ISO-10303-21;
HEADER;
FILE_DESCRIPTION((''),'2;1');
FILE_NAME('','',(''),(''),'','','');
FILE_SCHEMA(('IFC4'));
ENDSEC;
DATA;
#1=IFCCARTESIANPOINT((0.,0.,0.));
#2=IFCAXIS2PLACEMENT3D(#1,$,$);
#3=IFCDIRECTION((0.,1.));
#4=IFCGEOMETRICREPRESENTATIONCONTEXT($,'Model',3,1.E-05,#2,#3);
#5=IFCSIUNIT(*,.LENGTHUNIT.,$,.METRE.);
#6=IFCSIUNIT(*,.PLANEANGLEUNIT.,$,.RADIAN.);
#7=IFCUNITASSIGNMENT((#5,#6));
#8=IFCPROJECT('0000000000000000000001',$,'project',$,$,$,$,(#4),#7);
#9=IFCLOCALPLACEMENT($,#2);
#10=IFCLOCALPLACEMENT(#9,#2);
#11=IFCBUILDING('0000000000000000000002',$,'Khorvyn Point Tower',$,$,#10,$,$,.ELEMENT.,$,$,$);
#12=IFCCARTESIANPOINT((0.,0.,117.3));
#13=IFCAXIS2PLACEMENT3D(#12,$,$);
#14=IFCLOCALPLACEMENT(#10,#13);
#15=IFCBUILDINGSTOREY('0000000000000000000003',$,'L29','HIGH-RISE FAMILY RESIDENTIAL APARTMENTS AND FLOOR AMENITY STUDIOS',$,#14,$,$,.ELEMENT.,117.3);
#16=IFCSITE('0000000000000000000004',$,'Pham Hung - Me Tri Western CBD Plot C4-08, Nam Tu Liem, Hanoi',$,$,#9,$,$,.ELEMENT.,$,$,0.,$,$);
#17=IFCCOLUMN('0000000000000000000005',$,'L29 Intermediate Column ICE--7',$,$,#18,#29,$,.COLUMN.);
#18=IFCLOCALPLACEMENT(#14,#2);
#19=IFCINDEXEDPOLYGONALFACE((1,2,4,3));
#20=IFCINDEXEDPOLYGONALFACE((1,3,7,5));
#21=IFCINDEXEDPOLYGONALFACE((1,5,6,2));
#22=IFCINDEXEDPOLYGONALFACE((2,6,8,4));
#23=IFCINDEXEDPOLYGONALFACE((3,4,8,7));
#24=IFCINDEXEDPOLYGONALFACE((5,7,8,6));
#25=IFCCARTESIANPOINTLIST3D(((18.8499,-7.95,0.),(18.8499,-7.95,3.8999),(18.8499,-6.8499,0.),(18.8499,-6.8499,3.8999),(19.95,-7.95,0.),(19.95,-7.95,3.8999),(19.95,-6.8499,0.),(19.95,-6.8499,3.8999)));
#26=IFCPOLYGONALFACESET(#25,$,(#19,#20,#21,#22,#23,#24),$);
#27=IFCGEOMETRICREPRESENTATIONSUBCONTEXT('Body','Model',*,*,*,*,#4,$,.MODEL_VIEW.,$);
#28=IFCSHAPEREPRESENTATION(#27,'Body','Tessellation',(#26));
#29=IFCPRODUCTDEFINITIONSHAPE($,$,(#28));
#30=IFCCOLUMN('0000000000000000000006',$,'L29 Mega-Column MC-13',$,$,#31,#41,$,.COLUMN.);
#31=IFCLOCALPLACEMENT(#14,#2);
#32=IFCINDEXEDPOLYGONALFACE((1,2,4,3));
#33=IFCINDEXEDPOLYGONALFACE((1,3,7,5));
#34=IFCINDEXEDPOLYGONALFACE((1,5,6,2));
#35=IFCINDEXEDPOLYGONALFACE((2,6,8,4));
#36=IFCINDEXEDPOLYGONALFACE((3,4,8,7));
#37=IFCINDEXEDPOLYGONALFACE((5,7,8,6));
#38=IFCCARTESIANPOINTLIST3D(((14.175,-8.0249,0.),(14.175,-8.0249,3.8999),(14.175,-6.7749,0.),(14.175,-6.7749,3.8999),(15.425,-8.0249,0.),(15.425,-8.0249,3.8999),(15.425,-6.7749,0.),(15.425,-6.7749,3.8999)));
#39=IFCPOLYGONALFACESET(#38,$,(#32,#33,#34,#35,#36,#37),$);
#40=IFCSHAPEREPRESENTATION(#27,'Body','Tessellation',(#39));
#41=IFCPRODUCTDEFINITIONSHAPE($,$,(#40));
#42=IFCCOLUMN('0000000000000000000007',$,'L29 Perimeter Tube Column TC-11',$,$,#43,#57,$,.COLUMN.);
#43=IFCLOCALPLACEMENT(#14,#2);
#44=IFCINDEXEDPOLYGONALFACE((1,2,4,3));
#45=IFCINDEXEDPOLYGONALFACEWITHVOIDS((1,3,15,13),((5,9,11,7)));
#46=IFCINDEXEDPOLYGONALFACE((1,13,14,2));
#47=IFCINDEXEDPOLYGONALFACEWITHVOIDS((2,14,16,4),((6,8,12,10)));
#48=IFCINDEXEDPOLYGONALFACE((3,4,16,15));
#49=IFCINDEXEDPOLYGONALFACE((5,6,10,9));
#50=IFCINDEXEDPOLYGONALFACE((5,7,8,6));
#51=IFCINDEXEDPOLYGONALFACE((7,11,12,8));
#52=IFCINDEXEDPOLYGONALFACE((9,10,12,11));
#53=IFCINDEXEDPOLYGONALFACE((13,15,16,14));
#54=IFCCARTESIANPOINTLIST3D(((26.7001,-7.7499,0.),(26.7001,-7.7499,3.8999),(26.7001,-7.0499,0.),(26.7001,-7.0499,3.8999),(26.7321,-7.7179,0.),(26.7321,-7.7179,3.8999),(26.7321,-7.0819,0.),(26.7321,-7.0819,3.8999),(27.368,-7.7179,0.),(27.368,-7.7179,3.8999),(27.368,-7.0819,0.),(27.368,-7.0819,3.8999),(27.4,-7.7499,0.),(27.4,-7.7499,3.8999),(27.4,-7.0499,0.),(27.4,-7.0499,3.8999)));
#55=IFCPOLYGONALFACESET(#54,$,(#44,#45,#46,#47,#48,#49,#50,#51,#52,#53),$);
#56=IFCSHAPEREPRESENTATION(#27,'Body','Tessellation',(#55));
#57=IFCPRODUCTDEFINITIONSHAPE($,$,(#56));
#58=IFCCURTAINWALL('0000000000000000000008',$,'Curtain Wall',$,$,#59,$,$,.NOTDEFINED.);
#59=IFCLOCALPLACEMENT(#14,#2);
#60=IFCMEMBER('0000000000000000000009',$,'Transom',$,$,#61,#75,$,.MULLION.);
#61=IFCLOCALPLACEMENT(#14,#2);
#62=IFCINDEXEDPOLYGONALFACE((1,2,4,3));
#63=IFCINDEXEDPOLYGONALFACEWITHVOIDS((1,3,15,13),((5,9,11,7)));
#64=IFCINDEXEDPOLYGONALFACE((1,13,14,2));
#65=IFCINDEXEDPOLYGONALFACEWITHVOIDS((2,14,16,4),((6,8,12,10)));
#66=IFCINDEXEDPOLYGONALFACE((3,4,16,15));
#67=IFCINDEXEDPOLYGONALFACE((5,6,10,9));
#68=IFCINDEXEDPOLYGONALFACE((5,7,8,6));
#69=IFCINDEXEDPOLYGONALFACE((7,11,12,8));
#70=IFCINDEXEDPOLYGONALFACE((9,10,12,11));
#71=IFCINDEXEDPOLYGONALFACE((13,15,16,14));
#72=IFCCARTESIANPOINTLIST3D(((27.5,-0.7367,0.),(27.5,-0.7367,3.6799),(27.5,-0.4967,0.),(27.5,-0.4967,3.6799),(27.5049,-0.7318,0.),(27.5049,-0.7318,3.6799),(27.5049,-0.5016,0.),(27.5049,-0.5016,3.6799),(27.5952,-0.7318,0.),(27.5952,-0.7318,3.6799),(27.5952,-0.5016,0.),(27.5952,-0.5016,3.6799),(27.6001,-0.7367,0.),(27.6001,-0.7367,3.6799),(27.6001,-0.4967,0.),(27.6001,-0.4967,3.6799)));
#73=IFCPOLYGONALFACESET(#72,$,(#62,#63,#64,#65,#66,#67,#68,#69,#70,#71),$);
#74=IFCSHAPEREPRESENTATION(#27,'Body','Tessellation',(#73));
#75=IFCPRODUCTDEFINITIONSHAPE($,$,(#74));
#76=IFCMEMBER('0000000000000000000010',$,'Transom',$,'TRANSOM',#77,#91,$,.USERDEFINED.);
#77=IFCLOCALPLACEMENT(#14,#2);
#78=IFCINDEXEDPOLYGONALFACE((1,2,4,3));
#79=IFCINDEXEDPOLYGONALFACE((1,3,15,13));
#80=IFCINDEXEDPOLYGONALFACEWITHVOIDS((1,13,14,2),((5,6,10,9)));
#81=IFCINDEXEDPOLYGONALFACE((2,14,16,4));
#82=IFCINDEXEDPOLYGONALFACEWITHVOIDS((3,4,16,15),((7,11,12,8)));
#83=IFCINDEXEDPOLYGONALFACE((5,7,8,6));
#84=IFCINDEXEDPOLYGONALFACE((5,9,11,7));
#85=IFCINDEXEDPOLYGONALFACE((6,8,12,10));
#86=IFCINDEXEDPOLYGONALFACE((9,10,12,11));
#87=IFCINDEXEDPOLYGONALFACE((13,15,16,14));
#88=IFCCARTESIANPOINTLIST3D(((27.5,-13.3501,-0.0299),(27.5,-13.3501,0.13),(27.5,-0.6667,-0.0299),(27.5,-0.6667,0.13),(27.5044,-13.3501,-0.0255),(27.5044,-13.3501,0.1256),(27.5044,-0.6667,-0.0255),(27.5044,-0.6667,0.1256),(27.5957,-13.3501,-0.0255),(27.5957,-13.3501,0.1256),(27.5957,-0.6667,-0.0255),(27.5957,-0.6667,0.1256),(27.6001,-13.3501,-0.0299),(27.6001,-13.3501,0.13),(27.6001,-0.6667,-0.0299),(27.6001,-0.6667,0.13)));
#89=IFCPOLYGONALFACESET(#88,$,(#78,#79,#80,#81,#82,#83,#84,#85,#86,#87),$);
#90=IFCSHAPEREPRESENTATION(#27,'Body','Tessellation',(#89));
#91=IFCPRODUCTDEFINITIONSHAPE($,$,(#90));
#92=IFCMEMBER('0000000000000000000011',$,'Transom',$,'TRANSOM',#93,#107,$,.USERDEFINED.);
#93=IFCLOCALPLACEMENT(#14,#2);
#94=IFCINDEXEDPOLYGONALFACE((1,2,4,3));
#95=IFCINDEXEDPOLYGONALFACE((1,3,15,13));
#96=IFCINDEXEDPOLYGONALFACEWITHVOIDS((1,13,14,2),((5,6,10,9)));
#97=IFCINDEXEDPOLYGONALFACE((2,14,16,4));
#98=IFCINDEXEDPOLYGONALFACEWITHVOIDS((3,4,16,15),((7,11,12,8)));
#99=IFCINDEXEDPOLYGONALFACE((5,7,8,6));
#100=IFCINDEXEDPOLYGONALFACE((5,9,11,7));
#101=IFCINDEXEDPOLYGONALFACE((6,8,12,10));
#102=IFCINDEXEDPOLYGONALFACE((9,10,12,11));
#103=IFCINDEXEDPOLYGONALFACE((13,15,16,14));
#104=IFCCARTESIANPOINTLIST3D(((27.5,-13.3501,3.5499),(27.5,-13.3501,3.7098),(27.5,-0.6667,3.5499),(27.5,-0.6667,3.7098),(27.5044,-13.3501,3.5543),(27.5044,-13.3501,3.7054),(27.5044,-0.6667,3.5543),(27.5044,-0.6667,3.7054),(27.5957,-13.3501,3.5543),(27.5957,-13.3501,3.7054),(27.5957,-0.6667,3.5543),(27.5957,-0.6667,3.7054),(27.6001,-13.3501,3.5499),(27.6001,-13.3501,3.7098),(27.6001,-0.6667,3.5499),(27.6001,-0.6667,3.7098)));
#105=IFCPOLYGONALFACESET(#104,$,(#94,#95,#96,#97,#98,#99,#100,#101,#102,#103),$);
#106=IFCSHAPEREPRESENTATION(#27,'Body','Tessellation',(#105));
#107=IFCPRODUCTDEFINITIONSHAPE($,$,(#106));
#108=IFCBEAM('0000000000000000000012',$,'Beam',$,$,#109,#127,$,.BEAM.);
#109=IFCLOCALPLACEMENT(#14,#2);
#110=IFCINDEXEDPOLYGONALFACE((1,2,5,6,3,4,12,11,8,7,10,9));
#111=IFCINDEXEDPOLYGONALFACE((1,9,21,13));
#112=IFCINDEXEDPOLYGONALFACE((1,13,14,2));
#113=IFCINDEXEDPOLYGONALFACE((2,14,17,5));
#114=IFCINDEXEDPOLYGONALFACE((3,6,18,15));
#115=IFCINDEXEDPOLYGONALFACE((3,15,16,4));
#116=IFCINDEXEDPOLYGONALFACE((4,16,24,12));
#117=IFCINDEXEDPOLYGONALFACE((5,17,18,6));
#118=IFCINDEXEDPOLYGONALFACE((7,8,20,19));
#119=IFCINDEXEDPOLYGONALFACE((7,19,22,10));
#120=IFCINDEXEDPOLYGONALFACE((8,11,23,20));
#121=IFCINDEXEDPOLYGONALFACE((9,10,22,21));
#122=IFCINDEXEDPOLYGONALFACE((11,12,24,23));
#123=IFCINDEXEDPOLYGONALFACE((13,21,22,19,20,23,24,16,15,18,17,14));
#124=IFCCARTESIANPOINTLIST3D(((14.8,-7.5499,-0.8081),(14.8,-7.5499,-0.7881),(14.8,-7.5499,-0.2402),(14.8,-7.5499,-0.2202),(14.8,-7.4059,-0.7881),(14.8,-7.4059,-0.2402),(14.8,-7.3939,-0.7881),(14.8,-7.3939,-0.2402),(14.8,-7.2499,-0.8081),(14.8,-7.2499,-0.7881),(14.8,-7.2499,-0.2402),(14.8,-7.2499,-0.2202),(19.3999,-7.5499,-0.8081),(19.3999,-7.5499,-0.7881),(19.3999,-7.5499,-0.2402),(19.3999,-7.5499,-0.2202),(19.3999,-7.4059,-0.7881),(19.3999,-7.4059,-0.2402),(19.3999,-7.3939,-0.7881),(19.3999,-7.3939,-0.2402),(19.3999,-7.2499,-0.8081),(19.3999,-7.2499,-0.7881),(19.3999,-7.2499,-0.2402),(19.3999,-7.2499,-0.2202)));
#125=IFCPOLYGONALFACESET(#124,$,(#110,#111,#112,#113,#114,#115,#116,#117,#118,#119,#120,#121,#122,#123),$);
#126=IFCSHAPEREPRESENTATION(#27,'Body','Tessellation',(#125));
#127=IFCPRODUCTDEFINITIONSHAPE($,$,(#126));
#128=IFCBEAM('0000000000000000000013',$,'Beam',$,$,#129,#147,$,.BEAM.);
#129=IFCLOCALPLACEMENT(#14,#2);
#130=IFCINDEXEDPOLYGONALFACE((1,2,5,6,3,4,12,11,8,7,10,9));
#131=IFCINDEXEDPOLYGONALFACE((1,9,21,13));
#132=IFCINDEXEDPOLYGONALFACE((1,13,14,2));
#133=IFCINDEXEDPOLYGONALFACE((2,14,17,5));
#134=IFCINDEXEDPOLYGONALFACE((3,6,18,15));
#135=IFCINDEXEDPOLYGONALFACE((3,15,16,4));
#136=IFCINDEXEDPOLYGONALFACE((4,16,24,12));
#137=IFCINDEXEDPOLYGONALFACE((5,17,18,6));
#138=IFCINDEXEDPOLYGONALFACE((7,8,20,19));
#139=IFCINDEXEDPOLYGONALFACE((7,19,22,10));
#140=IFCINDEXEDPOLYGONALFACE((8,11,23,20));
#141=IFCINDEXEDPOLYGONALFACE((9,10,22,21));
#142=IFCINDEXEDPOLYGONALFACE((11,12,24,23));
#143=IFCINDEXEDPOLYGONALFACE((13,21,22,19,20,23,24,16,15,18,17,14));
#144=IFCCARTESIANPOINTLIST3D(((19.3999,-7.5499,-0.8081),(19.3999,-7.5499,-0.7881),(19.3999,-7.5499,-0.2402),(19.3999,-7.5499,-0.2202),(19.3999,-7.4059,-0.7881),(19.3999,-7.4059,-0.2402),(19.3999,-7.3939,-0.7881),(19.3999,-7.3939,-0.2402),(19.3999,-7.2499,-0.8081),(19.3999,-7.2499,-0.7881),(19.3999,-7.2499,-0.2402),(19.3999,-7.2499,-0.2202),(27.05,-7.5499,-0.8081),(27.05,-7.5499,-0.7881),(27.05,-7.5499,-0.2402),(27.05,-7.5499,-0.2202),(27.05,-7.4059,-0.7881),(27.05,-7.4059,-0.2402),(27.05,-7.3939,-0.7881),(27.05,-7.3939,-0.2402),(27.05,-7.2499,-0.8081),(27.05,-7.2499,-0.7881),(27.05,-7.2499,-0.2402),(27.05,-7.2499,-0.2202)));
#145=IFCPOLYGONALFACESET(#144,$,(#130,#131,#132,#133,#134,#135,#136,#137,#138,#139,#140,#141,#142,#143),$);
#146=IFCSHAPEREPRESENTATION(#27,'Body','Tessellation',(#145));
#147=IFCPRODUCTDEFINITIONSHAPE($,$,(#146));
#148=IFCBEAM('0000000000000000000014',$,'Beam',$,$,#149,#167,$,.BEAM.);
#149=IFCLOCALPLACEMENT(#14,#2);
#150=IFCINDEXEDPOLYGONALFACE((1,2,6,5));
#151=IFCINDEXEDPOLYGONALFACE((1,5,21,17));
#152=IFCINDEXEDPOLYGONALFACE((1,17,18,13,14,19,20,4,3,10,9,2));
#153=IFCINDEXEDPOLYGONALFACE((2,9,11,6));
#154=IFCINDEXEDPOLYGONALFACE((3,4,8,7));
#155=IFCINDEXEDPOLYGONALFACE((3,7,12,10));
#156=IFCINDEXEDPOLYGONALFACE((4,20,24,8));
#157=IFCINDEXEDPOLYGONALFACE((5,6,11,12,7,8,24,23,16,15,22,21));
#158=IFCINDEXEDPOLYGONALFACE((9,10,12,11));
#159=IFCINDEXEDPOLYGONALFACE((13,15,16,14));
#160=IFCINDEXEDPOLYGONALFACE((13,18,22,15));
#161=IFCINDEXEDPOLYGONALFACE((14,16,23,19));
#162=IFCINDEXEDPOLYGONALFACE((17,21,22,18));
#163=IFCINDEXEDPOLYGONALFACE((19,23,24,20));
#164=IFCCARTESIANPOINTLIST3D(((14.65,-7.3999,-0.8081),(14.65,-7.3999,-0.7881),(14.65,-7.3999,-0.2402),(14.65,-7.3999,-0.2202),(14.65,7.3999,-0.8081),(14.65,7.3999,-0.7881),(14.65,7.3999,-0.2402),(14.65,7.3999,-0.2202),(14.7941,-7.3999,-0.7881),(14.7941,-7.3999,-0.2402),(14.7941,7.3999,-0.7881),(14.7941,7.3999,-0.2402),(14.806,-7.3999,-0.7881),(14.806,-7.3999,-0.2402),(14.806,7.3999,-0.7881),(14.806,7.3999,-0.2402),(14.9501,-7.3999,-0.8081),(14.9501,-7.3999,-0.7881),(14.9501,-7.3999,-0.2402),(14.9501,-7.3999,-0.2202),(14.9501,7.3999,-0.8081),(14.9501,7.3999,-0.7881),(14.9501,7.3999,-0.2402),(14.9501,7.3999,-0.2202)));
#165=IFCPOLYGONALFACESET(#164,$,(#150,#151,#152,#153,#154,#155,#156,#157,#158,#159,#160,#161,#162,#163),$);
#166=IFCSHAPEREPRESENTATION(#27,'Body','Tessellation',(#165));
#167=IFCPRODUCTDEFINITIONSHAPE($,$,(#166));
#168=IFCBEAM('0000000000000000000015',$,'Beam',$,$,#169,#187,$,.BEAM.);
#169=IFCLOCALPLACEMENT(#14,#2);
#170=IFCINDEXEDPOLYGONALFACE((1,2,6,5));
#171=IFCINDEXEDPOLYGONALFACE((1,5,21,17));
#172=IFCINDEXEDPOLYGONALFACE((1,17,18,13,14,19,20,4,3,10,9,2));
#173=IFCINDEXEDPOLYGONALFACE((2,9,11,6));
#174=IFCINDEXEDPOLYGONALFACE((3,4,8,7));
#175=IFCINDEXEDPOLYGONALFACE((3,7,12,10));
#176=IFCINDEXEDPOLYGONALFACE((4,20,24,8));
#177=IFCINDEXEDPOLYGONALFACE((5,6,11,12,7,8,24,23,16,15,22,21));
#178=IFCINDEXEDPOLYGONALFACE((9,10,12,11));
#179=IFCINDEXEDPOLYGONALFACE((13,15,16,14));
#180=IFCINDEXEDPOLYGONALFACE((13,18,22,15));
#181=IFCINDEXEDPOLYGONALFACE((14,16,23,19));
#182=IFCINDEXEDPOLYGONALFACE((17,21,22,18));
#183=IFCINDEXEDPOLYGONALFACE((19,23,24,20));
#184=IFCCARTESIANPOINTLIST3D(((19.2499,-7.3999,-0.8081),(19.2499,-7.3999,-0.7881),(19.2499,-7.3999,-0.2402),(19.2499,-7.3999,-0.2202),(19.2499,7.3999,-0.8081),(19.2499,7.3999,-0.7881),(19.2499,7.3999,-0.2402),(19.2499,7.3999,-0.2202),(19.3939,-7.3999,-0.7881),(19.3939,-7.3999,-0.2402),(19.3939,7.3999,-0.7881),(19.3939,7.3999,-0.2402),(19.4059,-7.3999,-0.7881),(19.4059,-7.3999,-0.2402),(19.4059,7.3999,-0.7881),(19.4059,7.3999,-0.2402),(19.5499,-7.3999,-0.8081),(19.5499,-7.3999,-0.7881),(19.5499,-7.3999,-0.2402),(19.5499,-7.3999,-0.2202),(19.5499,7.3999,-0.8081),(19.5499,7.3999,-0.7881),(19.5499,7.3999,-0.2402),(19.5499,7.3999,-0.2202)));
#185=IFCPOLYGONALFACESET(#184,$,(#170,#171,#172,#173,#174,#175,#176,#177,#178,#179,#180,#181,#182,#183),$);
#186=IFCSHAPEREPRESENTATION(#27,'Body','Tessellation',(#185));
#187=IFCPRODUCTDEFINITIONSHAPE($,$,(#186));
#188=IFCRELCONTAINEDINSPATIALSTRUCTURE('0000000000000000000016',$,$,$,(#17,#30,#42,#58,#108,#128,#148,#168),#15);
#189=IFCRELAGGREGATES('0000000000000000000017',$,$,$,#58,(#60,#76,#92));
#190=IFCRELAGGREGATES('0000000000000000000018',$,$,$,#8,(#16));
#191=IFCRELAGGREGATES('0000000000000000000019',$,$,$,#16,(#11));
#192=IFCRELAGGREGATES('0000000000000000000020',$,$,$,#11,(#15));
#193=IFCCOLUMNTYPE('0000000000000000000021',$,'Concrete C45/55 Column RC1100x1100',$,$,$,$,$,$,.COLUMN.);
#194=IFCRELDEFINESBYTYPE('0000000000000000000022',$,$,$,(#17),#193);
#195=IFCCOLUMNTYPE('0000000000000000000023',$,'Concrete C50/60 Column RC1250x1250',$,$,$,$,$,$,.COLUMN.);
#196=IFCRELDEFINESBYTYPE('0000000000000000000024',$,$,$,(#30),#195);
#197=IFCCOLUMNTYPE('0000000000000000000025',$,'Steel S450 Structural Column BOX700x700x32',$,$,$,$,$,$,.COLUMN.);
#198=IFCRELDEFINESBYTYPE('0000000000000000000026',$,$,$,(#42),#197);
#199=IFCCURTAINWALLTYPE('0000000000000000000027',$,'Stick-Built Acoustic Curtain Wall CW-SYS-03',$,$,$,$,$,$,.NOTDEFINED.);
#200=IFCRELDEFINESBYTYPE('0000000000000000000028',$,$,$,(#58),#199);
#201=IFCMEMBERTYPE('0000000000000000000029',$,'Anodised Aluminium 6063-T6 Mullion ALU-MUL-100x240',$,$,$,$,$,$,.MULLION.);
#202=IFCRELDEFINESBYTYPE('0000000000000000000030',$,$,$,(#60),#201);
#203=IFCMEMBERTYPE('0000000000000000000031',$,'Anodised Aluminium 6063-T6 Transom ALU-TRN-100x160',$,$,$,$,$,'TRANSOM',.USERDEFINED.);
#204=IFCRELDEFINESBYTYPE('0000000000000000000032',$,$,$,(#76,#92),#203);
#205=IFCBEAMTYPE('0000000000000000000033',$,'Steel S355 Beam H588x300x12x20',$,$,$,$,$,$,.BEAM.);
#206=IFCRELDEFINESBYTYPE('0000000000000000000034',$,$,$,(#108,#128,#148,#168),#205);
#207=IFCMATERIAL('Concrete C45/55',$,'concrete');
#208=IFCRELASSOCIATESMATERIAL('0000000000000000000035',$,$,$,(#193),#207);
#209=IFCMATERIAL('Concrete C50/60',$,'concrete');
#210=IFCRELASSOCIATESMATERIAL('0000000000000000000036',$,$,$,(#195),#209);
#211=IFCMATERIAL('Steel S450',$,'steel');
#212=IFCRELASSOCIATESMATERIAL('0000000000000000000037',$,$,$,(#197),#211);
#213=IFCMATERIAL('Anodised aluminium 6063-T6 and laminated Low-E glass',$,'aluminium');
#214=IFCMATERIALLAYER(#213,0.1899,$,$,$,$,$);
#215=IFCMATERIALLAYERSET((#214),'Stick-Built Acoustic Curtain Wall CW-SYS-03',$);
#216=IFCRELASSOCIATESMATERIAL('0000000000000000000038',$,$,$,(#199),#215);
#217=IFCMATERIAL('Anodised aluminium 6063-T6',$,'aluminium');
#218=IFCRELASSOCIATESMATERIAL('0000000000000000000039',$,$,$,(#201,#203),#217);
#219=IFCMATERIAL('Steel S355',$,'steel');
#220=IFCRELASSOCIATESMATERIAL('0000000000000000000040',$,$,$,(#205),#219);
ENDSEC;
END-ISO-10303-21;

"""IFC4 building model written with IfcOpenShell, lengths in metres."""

from ifc_helpers import new_model, si_unit, direction, frame, origin, origin_2d, place, context, subcontext, project, spatial, rectangle, hollow_rectangle, i_section, extrude, material, layer, layer_set, material_profile, profile_set, type_object, element, aggregate, save


model = new_model("IFC4")

# Units and contexts
model_context = context("Model", 3, precision=1e-05, world=origin(), true_north=direction((0.0, 1.0)))
body_context = subcontext(model_context, "Body", "Model", "MODEL_VIEW")
ifc_project = project(units=[si_unit("LENGTHUNIT", "METRE"), si_unit("PLANEANGLEUNIT", "RADIAN")], contexts=[model_context])

# Site, building, storey
site_placement = place(None, origin())
site = spatial("IfcSite", under=ifc_project, at=site_placement, Name="Pham Hung - Me Tri Western CBD Plot C4-08, Nam Tu Liem, Hanoi", CompositionType="ELEMENT", RefElevation=0.0)
building_placement = place(site_placement, origin())
building = spatial("IfcBuilding", under=site, at=building_placement, Name="Khorvyn Point Tower", CompositionType="ELEMENT")
storey_placement = place(building_placement, frame((0.0, 0.0, 117.3)))
storey = spatial("IfcBuildingStorey", under=building, at=storey_placement, Name="L29", Description="HIGH-RISE FAMILY RESIDENTIAL APARTMENTS AND FLOOR AMENITY STUDIOS", CompositionType="ELEMENT", Elevation=117.3)

# Columns
ifc_material_1 = material(Name="Concrete C45/55", Category="concrete")
ifc_material_profile_1 = material_profile(ifc_material_1, rectangle(XDim=1.1001, YDim=1.1001, at=origin_2d()))
ifc_profile_set_1 = profile_set([ifc_material_profile_1], Name="Concrete C45/55 RC1100x1100")
column_type_1 = type_object("IfcColumnType", Name="Concrete C45/55 Column RC1100x1100", PredefinedType="COLUMN", material=ifc_profile_set_1)
column_1_placement = place(storey_placement, frame((19.3999, -7.3999, 0.0), z_axis=(0.0, 0.0, 1.0), x_axis=(1.0, 0.0, 0.0)))
element("IfcColumn", 1, at=column_1_placement, inside=storey, type_object=column_type_1, Name="L29 Intermediate Column ICE--7", PredefinedType="COLUMN", context=body_context, shape_type="SweptSolid", body=[
    extrude(rectangle(XDim=1.1001, YDim=1.1001, at=origin_2d()), origin(), (0.0, 0.0, 1.0), 3.8999),
])
ifc_material_2 = material(Name="Concrete C50/60", Category="concrete")
ifc_material_profile_2 = material_profile(ifc_material_2, rectangle(XDim=1.25, YDim=1.25, at=origin_2d()))
ifc_profile_set_2 = profile_set([ifc_material_profile_2], Name="Concrete C50/60 RC1250x1250")
column_type_2 = type_object("IfcColumnType", Name="Concrete C50/60 Column RC1250x1250", PredefinedType="COLUMN", material=ifc_profile_set_2)
column_2_placement = place(storey_placement, frame((14.8, -7.3999, 0.0), z_axis=(0.0, 0.0, 1.0), x_axis=(1.0, 0.0, 0.0)))
element("IfcColumn", 2, at=column_2_placement, inside=storey, type_object=column_type_2, Name="L29 Mega-Column MC-13", PredefinedType="COLUMN", context=body_context, shape_type="SweptSolid", body=[
    extrude(rectangle(XDim=1.25, YDim=1.25, at=origin_2d()), origin(), (0.0, 0.0, 1.0), 3.8999),
])
ifc_material_3 = material(Name="Steel S450", Category="steel")
ifc_material_profile_3 = material_profile(ifc_material_3, hollow_rectangle(XDim=0.7, YDim=0.7, WallThickness=0.032, at=origin_2d()))
ifc_profile_set_3 = profile_set([ifc_material_profile_3], Name="Steel S450 BOX700x700x32")
column_type_3 = type_object("IfcColumnType", Name="Steel S450 Structural Column BOX700x700x32", PredefinedType="COLUMN", material=ifc_profile_set_3)
column_3_placement = place(storey_placement, frame((27.05, -7.3999, 0.0), z_axis=(0.0, 0.0, 1.0), x_axis=(1.0, 0.0, 0.0)))
element("IfcColumn", 3, at=column_3_placement, inside=storey, type_object=column_type_3, Name="L29 Perimeter Tube Column TC-11", PredefinedType="COLUMN", context=body_context, shape_type="SweptSolid", body=[
    extrude(hollow_rectangle(XDim=0.7, YDim=0.7, WallThickness=0.032, at=origin_2d()), origin(), (0.0, 0.0, 1.0), 3.8999),
])

# Curtain wall, members
ifc_material_4 = material(Name="Anodised aluminium 6063-T6 and laminated Low-E glass", Category="aluminium")
ifc_layer_1 = layer(ifc_material_4, 0.1899)
ifc_layer_set_1 = layer_set([ifc_layer_1], Name="Stick-Built Acoustic Curtain Wall CW-SYS-03")
curtain_wall_type = type_object("IfcCurtainWallType", Name="Stick-Built Acoustic Curtain Wall CW-SYS-03", PredefinedType="NOTDEFINED", material=ifc_layer_set_1)
curtain_wall_placement = place(storey_placement, origin())
curtain_wall = element("IfcCurtainWall", 4, at=curtain_wall_placement, inside=storey, type_object=curtain_wall_type, Name="Curtain Wall", PredefinedType="NOTDEFINED")
ifc_material_5 = material(Name="Anodised aluminium 6063-T6", Category="aluminium")
ifc_material_profile_4 = material_profile(ifc_material_5, hollow_rectangle(XDim=0.1001, YDim=0.24, WallThickness=0.0049, at=origin_2d()))
ifc_profile_set_4 = profile_set([ifc_material_profile_4], Name="Anodised aluminium 6063-T6 ALU-MUL-100x240")
member_type_1 = type_object("IfcMemberType", Name="Anodised Aluminium 6063-T6 Mullion ALU-MUL-100x240", PredefinedType="MULLION", material=ifc_profile_set_4)
member_1_placement = place(storey_placement, frame((27.55, -0.6167, 0.0), z_axis=(0.0, 0.0, 1.0), x_axis=(1.0, 0.0, 0.0)))
member_1 = element("IfcMember", 5, at=member_1_placement, type_object=member_type_1, Name="Transom", PredefinedType="MULLION", context=body_context, shape_type="SweptSolid", body=[
    extrude(hollow_rectangle(XDim=0.1001, YDim=0.24, WallThickness=0.0049, at=origin_2d()), origin(), (0.0, 0.0, 1.0), 3.6799),
])
ifc_material_profile_5 = material_profile(ifc_material_5, hollow_rectangle(XDim=0.1001, YDim=0.1599, WallThickness=0.0044, at=origin_2d()))
ifc_profile_set_5 = profile_set([ifc_material_profile_5], Name="Anodised aluminium 6063-T6 ALU-TRN-100x160")
member_type_2 = type_object("IfcMemberType", Name="Anodised Aluminium 6063-T6 Transom ALU-TRN-100x160", ElementType="TRANSOM", PredefinedType="USERDEFINED", material=ifc_profile_set_5)
member_2_placement = place(storey_placement, frame((27.55, -0.6667, 0.05), z_axis=(0.0, -1.0, 0.0), x_axis=(1.0, 0.0, 0.0)))
member_2 = element("IfcMember", 6, at=member_2_placement, type_object=member_type_2, Name="Transom", ObjectType="TRANSOM", PredefinedType="USERDEFINED", context=body_context, shape_type="SweptSolid", body=[
    extrude(hollow_rectangle(XDim=0.1001, YDim=0.1599, WallThickness=0.0044, at=origin_2d()), origin(), (0.0, 0.0, 1.0), 12.6833),
])
member_3_placement = place(storey_placement, frame((27.55, -0.6667, 3.6299), z_axis=(0.0, -1.0, 0.0), x_axis=(1.0, 0.0, 0.0)))
member_3 = element("IfcMember", 7, at=member_3_placement, type_object=member_type_2, Name="Transom", ObjectType="TRANSOM", PredefinedType="USERDEFINED", context=body_context, shape_type="SweptSolid", body=[
    extrude(hollow_rectangle(XDim=0.1001, YDim=0.1599, WallThickness=0.0044, at=origin_2d()), origin(), (0.0, 0.0, 1.0), 12.6833),
])

# Beams
ifc_material_6 = material(Name="Steel S355", Category="steel")
ifc_material_profile_6 = material_profile(ifc_material_6, i_section(OverallWidth=0.3, OverallDepth=0.5879, WebThickness=0.012, FlangeThickness=0.02, at=origin_2d()))
ifc_profile_set_6 = profile_set([ifc_material_profile_6], Name="Steel S355 H588x300x12x20")
beam_type_1 = type_object("IfcBeamType", Name="Steel S355 Beam H588x300x12x20", PredefinedType="BEAM", material=ifc_profile_set_6)
beam_1_placement = place(storey_placement, frame((14.8, -7.3999, -0.5142), z_axis=(1.0, 0.0, 0.0), x_axis=(0.0, 1.0, 0.0)))
element("IfcBeam", 8, at=beam_1_placement, inside=storey, type_object=beam_type_1, Name="Beam", PredefinedType="BEAM", context=body_context, shape_type="SweptSolid", body=[
    extrude(i_section(OverallWidth=0.3, OverallDepth=0.5879, WebThickness=0.012, FlangeThickness=0.02, at=origin_2d()), origin(), (0.0, 0.0, 1.0), 4.5999),
])
beam_2_placement = place(storey_placement, frame((19.3999, -7.3999, -0.5142), z_axis=(1.0, 0.0, 0.0), x_axis=(0.0, 1.0, 0.0)))
element("IfcBeam", 9, at=beam_2_placement, inside=storey, type_object=beam_type_1, Name="Beam", PredefinedType="BEAM", context=body_context, shape_type="SweptSolid", body=[
    extrude(i_section(OverallWidth=0.3, OverallDepth=0.5879, WebThickness=0.012, FlangeThickness=0.02, at=origin_2d()), origin(), (0.0, 0.0, 1.0), 7.6501),
])
for number, where, z_axis, x_axis, name in (
    (10, (14.8, -7.3999, -0.5142), (0.0, 1.0, 0.0), (-1.0, 0.0, 0.0), "Beam"),
    (11, (19.3999, -7.3999, -0.5142), (0.0, 1.0, 0.0), (-1.0, 0.0, 0.0), "Beam"),
):
    element("IfcBeam", number, at=place(storey_placement, frame(where, z_axis=z_axis, x_axis=x_axis)), inside=storey, type_object=beam_type_1, Name=name, PredefinedType="BEAM", context=body_context, shape_type="SweptSolid", body=[
        extrude(i_section(OverallWidth=0.3, OverallDepth=0.5879, WebThickness=0.012, FlangeThickness=0.02, at=origin_2d()), origin(), (0.0, 0.0, 1.0), 14.7998),
    ])

aggregate(curtain_wall, [member_1, member_2, member_3])

save(model, "model.ifc")
